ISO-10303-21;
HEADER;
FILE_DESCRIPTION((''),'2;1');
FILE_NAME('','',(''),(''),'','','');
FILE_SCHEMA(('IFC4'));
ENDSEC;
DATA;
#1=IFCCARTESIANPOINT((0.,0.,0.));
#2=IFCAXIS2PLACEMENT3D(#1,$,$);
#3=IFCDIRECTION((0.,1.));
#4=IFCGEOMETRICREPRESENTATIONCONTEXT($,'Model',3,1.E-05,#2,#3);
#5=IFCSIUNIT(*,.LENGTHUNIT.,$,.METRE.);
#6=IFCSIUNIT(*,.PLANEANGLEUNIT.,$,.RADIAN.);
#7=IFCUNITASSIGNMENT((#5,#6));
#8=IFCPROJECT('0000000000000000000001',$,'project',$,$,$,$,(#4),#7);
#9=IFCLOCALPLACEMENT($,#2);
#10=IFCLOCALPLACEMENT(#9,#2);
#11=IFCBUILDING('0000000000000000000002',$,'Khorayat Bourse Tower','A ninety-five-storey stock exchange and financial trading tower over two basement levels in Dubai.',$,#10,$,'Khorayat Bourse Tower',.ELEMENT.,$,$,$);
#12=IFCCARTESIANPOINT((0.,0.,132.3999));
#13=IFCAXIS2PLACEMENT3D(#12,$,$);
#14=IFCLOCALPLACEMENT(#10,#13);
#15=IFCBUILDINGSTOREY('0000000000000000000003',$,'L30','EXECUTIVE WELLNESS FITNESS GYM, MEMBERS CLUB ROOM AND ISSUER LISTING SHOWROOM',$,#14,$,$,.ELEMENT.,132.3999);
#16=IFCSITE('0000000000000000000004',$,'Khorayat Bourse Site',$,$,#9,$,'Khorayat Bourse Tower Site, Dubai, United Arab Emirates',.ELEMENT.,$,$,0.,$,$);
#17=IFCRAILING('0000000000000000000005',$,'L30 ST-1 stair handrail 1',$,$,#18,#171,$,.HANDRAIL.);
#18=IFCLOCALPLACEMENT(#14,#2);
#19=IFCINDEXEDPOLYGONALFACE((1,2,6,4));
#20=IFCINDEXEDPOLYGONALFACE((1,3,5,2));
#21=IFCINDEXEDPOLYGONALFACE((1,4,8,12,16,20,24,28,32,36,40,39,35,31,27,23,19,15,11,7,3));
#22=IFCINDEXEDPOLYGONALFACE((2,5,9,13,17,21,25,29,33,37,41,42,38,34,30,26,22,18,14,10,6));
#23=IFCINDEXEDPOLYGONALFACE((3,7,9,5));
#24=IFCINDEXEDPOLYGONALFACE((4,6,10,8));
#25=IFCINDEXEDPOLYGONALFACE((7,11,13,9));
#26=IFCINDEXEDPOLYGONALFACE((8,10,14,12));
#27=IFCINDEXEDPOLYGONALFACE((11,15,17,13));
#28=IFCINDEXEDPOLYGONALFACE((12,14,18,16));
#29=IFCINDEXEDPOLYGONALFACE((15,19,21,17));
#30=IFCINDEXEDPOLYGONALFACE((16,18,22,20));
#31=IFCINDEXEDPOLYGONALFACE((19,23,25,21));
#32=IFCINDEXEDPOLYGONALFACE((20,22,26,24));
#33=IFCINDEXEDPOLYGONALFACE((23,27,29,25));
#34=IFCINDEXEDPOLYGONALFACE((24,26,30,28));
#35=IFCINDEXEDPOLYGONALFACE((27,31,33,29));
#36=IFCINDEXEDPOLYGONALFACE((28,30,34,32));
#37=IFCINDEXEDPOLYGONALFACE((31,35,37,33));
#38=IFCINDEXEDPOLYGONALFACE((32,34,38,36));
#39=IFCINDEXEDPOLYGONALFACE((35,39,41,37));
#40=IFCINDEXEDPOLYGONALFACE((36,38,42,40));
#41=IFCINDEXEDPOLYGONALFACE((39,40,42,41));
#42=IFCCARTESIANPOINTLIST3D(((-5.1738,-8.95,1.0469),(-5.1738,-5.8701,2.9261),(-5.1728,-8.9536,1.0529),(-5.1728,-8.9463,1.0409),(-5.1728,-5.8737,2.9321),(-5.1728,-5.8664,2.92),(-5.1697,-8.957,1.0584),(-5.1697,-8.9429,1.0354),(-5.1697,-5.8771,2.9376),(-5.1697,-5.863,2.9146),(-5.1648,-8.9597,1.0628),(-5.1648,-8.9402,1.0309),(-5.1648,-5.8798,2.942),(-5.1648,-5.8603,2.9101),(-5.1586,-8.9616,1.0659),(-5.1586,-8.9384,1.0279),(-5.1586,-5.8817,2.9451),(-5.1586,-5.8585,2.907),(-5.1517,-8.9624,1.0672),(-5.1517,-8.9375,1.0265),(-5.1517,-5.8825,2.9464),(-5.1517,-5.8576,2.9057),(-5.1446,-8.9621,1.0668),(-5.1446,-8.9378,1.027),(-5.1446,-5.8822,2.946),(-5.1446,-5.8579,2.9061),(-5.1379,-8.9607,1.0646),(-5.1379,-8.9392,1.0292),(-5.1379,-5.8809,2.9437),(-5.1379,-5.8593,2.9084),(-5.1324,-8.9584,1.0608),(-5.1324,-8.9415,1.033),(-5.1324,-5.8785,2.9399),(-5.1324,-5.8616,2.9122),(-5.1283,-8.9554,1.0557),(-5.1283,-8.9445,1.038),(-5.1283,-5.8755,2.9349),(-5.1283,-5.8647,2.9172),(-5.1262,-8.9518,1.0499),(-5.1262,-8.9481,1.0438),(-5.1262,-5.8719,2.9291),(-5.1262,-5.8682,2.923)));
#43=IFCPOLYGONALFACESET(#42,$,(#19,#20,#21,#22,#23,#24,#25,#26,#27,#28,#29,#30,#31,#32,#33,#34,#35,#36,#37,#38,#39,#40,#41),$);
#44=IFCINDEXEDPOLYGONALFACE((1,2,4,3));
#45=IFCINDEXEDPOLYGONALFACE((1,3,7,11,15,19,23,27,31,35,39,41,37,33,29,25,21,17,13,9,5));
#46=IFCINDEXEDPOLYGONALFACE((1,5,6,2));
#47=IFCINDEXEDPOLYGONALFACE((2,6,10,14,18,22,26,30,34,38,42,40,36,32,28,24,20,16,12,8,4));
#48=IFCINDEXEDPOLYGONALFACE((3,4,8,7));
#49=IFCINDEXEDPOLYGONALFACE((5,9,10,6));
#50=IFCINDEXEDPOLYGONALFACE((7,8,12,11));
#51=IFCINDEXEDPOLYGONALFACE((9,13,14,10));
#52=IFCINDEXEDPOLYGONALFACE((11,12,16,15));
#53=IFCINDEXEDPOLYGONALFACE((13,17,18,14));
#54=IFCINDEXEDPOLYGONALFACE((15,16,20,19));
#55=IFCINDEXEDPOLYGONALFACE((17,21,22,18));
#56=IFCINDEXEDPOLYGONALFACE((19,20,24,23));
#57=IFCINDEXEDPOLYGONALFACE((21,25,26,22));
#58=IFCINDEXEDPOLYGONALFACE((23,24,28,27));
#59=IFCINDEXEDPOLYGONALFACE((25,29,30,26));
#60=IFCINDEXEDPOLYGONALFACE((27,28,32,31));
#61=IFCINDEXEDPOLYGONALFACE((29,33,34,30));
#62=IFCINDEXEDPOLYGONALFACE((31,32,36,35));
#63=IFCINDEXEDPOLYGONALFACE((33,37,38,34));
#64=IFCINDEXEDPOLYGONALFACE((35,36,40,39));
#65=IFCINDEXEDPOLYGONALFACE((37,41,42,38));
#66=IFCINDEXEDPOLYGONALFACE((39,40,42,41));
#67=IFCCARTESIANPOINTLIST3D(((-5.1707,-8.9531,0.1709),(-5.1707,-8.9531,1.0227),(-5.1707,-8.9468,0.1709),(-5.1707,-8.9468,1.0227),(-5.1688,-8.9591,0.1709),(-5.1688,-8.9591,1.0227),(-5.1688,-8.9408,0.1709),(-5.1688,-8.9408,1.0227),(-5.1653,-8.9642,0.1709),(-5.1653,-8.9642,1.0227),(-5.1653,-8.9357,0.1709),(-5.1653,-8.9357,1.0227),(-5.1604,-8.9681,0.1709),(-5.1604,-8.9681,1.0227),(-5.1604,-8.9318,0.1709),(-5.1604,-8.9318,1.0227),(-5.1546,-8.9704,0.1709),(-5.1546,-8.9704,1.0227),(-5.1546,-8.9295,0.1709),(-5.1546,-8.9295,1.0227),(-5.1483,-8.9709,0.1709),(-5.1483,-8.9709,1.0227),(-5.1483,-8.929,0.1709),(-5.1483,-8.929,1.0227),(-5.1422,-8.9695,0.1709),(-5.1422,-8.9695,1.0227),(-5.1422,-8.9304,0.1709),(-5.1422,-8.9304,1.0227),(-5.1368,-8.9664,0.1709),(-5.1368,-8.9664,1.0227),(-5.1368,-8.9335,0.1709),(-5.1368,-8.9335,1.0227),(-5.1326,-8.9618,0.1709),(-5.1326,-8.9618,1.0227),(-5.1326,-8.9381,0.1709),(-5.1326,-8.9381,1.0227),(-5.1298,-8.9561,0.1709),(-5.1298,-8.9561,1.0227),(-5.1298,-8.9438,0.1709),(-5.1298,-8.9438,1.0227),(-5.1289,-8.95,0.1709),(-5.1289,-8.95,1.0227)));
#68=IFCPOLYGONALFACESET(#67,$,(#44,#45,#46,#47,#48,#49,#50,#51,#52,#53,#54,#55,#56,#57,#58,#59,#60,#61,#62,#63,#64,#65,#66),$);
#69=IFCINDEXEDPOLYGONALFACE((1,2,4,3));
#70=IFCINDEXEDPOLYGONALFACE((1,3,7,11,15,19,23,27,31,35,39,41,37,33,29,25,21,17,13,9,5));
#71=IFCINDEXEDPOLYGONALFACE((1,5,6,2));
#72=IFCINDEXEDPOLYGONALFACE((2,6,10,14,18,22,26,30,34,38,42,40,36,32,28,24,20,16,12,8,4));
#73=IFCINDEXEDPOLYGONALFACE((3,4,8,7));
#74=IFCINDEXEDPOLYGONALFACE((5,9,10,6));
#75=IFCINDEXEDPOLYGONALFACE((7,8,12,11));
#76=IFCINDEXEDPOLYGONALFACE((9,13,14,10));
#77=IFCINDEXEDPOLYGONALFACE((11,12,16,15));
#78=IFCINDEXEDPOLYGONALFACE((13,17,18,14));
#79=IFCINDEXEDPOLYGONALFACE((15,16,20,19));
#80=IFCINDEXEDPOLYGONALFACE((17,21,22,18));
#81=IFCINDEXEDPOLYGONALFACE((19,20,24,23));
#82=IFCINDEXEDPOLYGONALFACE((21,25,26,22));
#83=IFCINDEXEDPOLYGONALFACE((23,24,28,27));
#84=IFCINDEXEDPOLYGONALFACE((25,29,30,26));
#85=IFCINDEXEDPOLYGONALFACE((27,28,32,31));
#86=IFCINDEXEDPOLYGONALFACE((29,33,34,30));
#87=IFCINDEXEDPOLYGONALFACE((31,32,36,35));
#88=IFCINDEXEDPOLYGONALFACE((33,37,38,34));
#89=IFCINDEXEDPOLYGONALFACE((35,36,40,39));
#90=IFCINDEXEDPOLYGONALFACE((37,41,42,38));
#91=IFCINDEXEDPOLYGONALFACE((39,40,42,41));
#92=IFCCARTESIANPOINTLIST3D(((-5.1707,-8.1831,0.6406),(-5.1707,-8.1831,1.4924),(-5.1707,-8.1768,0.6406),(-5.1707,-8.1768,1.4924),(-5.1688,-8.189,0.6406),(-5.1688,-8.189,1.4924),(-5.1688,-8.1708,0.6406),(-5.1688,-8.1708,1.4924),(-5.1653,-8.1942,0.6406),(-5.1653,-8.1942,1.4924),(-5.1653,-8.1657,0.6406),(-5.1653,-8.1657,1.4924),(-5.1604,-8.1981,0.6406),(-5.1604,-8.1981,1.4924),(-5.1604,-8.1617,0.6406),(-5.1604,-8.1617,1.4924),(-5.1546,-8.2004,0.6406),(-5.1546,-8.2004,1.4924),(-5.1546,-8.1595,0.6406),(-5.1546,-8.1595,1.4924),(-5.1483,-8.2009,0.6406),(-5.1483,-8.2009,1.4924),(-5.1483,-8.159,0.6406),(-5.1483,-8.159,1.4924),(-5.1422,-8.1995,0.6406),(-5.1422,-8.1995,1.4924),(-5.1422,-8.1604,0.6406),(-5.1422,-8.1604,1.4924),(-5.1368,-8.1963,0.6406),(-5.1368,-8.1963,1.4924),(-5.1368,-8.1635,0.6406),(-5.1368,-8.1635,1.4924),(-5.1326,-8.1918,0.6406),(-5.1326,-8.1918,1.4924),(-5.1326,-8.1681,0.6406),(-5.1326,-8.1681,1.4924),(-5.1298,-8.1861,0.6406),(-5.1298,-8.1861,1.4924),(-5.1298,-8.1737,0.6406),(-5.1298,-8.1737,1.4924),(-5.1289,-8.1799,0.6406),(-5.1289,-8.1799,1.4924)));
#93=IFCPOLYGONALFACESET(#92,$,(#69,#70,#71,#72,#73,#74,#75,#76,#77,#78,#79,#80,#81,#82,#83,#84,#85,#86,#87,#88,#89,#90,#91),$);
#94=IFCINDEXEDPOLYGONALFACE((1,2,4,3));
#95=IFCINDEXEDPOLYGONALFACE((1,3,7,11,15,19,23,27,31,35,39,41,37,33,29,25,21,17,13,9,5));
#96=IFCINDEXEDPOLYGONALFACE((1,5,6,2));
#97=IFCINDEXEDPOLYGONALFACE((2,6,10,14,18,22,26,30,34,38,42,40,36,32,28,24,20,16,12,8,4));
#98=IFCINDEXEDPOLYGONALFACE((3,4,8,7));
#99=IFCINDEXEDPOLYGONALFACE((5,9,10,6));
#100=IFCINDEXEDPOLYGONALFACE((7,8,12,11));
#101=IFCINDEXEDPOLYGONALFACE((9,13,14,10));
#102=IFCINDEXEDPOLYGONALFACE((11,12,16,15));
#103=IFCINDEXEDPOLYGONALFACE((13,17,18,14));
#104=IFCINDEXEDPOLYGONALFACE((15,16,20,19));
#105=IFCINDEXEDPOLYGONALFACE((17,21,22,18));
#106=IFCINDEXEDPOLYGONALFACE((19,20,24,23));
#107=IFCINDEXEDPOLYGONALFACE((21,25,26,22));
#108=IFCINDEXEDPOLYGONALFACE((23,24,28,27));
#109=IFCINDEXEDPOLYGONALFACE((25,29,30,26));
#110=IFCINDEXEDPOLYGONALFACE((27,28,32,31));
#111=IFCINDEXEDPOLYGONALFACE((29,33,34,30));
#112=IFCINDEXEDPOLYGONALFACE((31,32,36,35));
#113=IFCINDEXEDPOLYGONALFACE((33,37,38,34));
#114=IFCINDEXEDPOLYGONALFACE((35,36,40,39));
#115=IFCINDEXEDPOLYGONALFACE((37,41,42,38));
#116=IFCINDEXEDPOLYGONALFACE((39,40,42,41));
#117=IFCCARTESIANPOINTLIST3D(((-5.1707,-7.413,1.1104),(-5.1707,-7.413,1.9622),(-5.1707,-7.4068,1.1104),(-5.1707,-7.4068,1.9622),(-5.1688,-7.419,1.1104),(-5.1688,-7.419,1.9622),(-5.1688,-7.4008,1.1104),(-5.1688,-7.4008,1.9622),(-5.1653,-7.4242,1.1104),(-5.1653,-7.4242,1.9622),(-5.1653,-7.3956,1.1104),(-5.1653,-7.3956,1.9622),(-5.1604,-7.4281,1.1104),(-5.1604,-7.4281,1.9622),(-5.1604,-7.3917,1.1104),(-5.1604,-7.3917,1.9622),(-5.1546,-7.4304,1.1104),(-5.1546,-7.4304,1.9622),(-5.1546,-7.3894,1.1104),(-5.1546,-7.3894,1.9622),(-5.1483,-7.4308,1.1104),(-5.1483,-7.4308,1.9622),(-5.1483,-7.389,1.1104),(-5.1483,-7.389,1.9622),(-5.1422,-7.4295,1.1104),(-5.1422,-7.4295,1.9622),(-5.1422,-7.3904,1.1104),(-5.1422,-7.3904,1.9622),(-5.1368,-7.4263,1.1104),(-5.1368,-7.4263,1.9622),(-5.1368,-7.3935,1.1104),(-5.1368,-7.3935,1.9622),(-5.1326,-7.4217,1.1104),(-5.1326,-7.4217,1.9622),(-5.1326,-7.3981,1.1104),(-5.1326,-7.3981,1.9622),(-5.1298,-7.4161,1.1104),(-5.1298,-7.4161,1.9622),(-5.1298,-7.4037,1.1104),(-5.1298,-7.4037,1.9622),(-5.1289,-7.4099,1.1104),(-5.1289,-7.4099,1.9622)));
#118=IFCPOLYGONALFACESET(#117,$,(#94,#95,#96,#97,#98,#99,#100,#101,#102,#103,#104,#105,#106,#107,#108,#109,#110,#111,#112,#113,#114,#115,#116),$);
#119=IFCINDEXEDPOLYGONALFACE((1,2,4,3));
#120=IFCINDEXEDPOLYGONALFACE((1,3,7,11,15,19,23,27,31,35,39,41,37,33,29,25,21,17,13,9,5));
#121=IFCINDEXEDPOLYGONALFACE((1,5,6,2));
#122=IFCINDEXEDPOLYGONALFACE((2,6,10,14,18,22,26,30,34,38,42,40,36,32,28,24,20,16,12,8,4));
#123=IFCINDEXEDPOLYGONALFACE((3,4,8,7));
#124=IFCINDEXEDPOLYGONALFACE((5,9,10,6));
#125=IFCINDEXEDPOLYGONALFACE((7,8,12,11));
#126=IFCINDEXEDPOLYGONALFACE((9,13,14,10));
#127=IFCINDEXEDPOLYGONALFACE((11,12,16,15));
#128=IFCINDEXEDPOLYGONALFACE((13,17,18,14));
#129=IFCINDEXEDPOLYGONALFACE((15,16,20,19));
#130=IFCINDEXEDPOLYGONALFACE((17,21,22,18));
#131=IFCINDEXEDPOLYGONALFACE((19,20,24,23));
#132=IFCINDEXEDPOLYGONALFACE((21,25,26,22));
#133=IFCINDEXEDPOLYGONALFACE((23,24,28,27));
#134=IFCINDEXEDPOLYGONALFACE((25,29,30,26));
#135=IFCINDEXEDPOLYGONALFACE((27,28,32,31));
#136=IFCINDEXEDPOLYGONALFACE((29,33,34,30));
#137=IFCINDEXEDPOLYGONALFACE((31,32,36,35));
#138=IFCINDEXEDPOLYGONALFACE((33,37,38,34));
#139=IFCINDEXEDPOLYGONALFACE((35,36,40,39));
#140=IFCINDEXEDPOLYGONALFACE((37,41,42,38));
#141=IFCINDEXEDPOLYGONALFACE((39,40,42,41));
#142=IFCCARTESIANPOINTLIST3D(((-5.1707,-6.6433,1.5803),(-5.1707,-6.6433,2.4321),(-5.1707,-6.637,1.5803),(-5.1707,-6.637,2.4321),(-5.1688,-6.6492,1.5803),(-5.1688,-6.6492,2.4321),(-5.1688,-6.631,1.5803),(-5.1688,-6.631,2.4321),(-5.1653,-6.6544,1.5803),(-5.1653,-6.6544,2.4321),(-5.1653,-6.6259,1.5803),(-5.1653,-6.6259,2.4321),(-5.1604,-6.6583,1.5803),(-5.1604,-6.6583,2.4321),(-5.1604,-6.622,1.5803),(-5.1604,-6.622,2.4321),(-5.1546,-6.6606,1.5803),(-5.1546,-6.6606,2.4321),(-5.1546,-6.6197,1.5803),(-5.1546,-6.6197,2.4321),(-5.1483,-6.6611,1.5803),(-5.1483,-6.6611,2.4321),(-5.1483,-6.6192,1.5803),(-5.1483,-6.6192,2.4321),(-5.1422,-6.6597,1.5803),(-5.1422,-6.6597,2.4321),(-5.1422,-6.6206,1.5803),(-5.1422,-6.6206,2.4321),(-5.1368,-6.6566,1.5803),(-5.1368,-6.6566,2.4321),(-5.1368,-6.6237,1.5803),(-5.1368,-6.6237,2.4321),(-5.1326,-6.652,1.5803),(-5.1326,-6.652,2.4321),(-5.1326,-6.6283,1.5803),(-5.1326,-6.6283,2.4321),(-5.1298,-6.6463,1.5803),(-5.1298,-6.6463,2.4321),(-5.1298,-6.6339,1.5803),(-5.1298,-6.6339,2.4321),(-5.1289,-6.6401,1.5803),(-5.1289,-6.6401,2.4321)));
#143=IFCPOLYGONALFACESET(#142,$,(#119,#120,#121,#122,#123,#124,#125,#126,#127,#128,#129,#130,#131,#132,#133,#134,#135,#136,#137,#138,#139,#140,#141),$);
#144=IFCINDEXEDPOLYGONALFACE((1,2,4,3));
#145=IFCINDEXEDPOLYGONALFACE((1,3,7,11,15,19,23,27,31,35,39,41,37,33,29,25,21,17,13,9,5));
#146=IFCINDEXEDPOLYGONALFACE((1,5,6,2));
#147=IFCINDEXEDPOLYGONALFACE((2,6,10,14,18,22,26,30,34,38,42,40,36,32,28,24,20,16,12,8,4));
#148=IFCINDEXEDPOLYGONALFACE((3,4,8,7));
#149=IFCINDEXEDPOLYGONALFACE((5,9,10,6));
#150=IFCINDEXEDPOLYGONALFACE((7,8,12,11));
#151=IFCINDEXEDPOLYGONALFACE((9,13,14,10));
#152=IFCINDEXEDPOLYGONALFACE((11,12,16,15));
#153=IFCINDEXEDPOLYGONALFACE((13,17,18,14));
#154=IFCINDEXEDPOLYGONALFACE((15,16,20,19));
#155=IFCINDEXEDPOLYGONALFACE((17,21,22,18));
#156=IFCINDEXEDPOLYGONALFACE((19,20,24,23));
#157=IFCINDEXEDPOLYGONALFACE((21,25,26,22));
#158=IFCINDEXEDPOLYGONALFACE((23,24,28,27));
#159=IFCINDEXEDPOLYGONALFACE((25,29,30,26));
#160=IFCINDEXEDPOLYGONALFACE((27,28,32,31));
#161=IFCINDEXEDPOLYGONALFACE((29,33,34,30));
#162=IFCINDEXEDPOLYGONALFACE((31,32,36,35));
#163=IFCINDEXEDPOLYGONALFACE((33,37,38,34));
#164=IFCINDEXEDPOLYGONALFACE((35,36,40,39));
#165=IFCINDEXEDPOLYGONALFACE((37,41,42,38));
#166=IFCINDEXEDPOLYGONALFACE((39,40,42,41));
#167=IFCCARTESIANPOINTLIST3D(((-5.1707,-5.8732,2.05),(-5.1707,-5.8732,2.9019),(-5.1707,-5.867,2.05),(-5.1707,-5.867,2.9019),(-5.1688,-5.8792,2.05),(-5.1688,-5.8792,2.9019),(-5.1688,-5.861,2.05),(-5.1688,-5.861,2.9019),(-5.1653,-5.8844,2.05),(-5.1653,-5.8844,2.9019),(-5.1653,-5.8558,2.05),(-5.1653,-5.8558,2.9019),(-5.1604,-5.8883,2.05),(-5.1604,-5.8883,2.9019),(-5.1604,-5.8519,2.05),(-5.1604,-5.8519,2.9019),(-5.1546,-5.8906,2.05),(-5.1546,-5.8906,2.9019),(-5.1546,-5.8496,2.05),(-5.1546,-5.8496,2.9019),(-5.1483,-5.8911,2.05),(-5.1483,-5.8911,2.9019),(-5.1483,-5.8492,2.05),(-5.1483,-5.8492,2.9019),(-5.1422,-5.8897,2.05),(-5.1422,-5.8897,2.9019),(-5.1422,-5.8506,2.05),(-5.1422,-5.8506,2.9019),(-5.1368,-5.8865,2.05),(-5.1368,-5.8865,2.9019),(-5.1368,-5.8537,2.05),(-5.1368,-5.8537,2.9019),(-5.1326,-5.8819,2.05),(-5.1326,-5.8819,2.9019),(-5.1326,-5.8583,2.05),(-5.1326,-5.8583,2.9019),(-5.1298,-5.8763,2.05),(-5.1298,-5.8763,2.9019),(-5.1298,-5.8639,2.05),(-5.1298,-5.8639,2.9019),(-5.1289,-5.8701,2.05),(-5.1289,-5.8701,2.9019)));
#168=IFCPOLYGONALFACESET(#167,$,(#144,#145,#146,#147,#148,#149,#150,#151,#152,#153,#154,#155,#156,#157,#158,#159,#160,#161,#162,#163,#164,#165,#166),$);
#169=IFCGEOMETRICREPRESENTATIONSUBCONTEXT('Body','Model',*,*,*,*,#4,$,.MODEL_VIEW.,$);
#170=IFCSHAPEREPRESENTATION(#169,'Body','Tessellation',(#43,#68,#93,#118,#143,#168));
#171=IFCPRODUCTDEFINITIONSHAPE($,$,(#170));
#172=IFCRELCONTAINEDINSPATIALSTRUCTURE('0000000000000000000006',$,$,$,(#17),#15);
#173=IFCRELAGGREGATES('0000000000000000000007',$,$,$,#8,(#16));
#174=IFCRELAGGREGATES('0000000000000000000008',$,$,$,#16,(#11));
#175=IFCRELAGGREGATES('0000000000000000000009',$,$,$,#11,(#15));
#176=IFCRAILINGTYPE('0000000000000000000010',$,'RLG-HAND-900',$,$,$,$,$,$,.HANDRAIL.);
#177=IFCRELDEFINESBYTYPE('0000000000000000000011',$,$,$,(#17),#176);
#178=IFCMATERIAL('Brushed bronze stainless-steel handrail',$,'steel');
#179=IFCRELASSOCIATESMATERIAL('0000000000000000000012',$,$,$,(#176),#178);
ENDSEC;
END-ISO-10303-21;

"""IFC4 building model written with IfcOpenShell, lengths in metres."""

from ifc_helpers import new_model, si_unit, direction, frame, origin, origin_2d, place, context, subcontext, project, spatial, circle, extrude, source, transform, mapped, material, type_object, element, save


model = new_model("IFC4")

# Units and contexts
model_context = context("Model", 3, precision=1e-05, world=origin(), true_north=direction((0.0, 1.0)))
body_context = subcontext(model_context, "Body", "Model", "MODEL_VIEW")
ifc_project = project(units=[si_unit("LENGTHUNIT", "METRE"), si_unit("PLANEANGLEUNIT", "RADIAN")], contexts=[model_context])

# Site, building, storey
site_placement = place(None, origin())
site = spatial("IfcSite", under=ifc_project, at=site_placement, Name="Khorayat Bourse Site", LongName="Khorayat Bourse Tower Site, Dubai, United Arab Emirates", CompositionType="ELEMENT", RefElevation=0.0)
building_placement = place(site_placement, origin())
building = spatial("IfcBuilding", under=site, at=building_placement, Name="Khorayat Bourse Tower", Description="A ninety-five-storey stock exchange and financial trading tower over two basement levels in Dubai.", LongName="Khorayat Bourse Tower", CompositionType="ELEMENT")
storey_placement = place(building_placement, frame((0.0, 0.0, 132.3999)))
storey = spatial("IfcBuildingStorey", under=building, at=storey_placement, Name="L30", Description="EXECUTIVE WELLNESS FITNESS GYM, MEMBERS CLUB ROOM AND ISSUER LISTING SHOWROOM", CompositionType="ELEMENT", Elevation=132.3999)

# Railing
ifc_material_1 = material(Name="Brushed bronze stainless-steel handrail", Category="steel")
railing_type_1 = type_object("IfcRailingType", Name="RLG-HAND-900", PredefinedType="HANDRAIL", material=ifc_material_1)
shared_shape_1 = source(origin(), body_context, "Body", "SweptSolid", [
    extrude(circle(Radius=0.0239, at=origin_2d()), frame((0.0, 0.0, 0.876), z_axis=(0.0, 0.853648, 0.52085), x_axis=(-1.0, 0.0, 0.0)), (0.0, 0.0, 1.0), 3.6079),
    extrude(circle(Radius=0.021, at=origin_2d()), origin(), (0.0, 0.0, 1.0), 0.8518),
    extrude(circle(Radius=0.021, at=origin_2d()), frame((0.0, 0.77, 0.4697)), (0.0, 0.0, 1.0), 0.8518),
    extrude(circle(Radius=0.021, at=origin_2d()), frame((0.0, 1.54, 0.9395)), (0.0, 0.0, 1.0), 0.8518),
    extrude(circle(Radius=0.021, at=origin_2d()), frame((0.0, 2.3098, 1.4094)), (0.0, 0.0, 1.0), 0.8518),
    extrude(circle(Radius=0.021, at=origin_2d()), frame((0.0, 3.0798, 1.8792)), (0.0, 0.0, 1.0), 0.8518),
])
railing_1_placement = place(storey_placement, frame((-5.1499, -8.95, 0.1709)))
element("IfcRailing", 1, at=railing_1_placement, inside=storey, type_object=railing_type_1, Name="L30 ST-1 stair handrail 1", PredefinedType="HANDRAIL", context=body_context, shape_type="MappedRepresentation", body=[
    mapped(shared_shape_1, transform((0.0, 0.0, 0.0), scale=1.0)),
])

save(model, "model.ifc")
